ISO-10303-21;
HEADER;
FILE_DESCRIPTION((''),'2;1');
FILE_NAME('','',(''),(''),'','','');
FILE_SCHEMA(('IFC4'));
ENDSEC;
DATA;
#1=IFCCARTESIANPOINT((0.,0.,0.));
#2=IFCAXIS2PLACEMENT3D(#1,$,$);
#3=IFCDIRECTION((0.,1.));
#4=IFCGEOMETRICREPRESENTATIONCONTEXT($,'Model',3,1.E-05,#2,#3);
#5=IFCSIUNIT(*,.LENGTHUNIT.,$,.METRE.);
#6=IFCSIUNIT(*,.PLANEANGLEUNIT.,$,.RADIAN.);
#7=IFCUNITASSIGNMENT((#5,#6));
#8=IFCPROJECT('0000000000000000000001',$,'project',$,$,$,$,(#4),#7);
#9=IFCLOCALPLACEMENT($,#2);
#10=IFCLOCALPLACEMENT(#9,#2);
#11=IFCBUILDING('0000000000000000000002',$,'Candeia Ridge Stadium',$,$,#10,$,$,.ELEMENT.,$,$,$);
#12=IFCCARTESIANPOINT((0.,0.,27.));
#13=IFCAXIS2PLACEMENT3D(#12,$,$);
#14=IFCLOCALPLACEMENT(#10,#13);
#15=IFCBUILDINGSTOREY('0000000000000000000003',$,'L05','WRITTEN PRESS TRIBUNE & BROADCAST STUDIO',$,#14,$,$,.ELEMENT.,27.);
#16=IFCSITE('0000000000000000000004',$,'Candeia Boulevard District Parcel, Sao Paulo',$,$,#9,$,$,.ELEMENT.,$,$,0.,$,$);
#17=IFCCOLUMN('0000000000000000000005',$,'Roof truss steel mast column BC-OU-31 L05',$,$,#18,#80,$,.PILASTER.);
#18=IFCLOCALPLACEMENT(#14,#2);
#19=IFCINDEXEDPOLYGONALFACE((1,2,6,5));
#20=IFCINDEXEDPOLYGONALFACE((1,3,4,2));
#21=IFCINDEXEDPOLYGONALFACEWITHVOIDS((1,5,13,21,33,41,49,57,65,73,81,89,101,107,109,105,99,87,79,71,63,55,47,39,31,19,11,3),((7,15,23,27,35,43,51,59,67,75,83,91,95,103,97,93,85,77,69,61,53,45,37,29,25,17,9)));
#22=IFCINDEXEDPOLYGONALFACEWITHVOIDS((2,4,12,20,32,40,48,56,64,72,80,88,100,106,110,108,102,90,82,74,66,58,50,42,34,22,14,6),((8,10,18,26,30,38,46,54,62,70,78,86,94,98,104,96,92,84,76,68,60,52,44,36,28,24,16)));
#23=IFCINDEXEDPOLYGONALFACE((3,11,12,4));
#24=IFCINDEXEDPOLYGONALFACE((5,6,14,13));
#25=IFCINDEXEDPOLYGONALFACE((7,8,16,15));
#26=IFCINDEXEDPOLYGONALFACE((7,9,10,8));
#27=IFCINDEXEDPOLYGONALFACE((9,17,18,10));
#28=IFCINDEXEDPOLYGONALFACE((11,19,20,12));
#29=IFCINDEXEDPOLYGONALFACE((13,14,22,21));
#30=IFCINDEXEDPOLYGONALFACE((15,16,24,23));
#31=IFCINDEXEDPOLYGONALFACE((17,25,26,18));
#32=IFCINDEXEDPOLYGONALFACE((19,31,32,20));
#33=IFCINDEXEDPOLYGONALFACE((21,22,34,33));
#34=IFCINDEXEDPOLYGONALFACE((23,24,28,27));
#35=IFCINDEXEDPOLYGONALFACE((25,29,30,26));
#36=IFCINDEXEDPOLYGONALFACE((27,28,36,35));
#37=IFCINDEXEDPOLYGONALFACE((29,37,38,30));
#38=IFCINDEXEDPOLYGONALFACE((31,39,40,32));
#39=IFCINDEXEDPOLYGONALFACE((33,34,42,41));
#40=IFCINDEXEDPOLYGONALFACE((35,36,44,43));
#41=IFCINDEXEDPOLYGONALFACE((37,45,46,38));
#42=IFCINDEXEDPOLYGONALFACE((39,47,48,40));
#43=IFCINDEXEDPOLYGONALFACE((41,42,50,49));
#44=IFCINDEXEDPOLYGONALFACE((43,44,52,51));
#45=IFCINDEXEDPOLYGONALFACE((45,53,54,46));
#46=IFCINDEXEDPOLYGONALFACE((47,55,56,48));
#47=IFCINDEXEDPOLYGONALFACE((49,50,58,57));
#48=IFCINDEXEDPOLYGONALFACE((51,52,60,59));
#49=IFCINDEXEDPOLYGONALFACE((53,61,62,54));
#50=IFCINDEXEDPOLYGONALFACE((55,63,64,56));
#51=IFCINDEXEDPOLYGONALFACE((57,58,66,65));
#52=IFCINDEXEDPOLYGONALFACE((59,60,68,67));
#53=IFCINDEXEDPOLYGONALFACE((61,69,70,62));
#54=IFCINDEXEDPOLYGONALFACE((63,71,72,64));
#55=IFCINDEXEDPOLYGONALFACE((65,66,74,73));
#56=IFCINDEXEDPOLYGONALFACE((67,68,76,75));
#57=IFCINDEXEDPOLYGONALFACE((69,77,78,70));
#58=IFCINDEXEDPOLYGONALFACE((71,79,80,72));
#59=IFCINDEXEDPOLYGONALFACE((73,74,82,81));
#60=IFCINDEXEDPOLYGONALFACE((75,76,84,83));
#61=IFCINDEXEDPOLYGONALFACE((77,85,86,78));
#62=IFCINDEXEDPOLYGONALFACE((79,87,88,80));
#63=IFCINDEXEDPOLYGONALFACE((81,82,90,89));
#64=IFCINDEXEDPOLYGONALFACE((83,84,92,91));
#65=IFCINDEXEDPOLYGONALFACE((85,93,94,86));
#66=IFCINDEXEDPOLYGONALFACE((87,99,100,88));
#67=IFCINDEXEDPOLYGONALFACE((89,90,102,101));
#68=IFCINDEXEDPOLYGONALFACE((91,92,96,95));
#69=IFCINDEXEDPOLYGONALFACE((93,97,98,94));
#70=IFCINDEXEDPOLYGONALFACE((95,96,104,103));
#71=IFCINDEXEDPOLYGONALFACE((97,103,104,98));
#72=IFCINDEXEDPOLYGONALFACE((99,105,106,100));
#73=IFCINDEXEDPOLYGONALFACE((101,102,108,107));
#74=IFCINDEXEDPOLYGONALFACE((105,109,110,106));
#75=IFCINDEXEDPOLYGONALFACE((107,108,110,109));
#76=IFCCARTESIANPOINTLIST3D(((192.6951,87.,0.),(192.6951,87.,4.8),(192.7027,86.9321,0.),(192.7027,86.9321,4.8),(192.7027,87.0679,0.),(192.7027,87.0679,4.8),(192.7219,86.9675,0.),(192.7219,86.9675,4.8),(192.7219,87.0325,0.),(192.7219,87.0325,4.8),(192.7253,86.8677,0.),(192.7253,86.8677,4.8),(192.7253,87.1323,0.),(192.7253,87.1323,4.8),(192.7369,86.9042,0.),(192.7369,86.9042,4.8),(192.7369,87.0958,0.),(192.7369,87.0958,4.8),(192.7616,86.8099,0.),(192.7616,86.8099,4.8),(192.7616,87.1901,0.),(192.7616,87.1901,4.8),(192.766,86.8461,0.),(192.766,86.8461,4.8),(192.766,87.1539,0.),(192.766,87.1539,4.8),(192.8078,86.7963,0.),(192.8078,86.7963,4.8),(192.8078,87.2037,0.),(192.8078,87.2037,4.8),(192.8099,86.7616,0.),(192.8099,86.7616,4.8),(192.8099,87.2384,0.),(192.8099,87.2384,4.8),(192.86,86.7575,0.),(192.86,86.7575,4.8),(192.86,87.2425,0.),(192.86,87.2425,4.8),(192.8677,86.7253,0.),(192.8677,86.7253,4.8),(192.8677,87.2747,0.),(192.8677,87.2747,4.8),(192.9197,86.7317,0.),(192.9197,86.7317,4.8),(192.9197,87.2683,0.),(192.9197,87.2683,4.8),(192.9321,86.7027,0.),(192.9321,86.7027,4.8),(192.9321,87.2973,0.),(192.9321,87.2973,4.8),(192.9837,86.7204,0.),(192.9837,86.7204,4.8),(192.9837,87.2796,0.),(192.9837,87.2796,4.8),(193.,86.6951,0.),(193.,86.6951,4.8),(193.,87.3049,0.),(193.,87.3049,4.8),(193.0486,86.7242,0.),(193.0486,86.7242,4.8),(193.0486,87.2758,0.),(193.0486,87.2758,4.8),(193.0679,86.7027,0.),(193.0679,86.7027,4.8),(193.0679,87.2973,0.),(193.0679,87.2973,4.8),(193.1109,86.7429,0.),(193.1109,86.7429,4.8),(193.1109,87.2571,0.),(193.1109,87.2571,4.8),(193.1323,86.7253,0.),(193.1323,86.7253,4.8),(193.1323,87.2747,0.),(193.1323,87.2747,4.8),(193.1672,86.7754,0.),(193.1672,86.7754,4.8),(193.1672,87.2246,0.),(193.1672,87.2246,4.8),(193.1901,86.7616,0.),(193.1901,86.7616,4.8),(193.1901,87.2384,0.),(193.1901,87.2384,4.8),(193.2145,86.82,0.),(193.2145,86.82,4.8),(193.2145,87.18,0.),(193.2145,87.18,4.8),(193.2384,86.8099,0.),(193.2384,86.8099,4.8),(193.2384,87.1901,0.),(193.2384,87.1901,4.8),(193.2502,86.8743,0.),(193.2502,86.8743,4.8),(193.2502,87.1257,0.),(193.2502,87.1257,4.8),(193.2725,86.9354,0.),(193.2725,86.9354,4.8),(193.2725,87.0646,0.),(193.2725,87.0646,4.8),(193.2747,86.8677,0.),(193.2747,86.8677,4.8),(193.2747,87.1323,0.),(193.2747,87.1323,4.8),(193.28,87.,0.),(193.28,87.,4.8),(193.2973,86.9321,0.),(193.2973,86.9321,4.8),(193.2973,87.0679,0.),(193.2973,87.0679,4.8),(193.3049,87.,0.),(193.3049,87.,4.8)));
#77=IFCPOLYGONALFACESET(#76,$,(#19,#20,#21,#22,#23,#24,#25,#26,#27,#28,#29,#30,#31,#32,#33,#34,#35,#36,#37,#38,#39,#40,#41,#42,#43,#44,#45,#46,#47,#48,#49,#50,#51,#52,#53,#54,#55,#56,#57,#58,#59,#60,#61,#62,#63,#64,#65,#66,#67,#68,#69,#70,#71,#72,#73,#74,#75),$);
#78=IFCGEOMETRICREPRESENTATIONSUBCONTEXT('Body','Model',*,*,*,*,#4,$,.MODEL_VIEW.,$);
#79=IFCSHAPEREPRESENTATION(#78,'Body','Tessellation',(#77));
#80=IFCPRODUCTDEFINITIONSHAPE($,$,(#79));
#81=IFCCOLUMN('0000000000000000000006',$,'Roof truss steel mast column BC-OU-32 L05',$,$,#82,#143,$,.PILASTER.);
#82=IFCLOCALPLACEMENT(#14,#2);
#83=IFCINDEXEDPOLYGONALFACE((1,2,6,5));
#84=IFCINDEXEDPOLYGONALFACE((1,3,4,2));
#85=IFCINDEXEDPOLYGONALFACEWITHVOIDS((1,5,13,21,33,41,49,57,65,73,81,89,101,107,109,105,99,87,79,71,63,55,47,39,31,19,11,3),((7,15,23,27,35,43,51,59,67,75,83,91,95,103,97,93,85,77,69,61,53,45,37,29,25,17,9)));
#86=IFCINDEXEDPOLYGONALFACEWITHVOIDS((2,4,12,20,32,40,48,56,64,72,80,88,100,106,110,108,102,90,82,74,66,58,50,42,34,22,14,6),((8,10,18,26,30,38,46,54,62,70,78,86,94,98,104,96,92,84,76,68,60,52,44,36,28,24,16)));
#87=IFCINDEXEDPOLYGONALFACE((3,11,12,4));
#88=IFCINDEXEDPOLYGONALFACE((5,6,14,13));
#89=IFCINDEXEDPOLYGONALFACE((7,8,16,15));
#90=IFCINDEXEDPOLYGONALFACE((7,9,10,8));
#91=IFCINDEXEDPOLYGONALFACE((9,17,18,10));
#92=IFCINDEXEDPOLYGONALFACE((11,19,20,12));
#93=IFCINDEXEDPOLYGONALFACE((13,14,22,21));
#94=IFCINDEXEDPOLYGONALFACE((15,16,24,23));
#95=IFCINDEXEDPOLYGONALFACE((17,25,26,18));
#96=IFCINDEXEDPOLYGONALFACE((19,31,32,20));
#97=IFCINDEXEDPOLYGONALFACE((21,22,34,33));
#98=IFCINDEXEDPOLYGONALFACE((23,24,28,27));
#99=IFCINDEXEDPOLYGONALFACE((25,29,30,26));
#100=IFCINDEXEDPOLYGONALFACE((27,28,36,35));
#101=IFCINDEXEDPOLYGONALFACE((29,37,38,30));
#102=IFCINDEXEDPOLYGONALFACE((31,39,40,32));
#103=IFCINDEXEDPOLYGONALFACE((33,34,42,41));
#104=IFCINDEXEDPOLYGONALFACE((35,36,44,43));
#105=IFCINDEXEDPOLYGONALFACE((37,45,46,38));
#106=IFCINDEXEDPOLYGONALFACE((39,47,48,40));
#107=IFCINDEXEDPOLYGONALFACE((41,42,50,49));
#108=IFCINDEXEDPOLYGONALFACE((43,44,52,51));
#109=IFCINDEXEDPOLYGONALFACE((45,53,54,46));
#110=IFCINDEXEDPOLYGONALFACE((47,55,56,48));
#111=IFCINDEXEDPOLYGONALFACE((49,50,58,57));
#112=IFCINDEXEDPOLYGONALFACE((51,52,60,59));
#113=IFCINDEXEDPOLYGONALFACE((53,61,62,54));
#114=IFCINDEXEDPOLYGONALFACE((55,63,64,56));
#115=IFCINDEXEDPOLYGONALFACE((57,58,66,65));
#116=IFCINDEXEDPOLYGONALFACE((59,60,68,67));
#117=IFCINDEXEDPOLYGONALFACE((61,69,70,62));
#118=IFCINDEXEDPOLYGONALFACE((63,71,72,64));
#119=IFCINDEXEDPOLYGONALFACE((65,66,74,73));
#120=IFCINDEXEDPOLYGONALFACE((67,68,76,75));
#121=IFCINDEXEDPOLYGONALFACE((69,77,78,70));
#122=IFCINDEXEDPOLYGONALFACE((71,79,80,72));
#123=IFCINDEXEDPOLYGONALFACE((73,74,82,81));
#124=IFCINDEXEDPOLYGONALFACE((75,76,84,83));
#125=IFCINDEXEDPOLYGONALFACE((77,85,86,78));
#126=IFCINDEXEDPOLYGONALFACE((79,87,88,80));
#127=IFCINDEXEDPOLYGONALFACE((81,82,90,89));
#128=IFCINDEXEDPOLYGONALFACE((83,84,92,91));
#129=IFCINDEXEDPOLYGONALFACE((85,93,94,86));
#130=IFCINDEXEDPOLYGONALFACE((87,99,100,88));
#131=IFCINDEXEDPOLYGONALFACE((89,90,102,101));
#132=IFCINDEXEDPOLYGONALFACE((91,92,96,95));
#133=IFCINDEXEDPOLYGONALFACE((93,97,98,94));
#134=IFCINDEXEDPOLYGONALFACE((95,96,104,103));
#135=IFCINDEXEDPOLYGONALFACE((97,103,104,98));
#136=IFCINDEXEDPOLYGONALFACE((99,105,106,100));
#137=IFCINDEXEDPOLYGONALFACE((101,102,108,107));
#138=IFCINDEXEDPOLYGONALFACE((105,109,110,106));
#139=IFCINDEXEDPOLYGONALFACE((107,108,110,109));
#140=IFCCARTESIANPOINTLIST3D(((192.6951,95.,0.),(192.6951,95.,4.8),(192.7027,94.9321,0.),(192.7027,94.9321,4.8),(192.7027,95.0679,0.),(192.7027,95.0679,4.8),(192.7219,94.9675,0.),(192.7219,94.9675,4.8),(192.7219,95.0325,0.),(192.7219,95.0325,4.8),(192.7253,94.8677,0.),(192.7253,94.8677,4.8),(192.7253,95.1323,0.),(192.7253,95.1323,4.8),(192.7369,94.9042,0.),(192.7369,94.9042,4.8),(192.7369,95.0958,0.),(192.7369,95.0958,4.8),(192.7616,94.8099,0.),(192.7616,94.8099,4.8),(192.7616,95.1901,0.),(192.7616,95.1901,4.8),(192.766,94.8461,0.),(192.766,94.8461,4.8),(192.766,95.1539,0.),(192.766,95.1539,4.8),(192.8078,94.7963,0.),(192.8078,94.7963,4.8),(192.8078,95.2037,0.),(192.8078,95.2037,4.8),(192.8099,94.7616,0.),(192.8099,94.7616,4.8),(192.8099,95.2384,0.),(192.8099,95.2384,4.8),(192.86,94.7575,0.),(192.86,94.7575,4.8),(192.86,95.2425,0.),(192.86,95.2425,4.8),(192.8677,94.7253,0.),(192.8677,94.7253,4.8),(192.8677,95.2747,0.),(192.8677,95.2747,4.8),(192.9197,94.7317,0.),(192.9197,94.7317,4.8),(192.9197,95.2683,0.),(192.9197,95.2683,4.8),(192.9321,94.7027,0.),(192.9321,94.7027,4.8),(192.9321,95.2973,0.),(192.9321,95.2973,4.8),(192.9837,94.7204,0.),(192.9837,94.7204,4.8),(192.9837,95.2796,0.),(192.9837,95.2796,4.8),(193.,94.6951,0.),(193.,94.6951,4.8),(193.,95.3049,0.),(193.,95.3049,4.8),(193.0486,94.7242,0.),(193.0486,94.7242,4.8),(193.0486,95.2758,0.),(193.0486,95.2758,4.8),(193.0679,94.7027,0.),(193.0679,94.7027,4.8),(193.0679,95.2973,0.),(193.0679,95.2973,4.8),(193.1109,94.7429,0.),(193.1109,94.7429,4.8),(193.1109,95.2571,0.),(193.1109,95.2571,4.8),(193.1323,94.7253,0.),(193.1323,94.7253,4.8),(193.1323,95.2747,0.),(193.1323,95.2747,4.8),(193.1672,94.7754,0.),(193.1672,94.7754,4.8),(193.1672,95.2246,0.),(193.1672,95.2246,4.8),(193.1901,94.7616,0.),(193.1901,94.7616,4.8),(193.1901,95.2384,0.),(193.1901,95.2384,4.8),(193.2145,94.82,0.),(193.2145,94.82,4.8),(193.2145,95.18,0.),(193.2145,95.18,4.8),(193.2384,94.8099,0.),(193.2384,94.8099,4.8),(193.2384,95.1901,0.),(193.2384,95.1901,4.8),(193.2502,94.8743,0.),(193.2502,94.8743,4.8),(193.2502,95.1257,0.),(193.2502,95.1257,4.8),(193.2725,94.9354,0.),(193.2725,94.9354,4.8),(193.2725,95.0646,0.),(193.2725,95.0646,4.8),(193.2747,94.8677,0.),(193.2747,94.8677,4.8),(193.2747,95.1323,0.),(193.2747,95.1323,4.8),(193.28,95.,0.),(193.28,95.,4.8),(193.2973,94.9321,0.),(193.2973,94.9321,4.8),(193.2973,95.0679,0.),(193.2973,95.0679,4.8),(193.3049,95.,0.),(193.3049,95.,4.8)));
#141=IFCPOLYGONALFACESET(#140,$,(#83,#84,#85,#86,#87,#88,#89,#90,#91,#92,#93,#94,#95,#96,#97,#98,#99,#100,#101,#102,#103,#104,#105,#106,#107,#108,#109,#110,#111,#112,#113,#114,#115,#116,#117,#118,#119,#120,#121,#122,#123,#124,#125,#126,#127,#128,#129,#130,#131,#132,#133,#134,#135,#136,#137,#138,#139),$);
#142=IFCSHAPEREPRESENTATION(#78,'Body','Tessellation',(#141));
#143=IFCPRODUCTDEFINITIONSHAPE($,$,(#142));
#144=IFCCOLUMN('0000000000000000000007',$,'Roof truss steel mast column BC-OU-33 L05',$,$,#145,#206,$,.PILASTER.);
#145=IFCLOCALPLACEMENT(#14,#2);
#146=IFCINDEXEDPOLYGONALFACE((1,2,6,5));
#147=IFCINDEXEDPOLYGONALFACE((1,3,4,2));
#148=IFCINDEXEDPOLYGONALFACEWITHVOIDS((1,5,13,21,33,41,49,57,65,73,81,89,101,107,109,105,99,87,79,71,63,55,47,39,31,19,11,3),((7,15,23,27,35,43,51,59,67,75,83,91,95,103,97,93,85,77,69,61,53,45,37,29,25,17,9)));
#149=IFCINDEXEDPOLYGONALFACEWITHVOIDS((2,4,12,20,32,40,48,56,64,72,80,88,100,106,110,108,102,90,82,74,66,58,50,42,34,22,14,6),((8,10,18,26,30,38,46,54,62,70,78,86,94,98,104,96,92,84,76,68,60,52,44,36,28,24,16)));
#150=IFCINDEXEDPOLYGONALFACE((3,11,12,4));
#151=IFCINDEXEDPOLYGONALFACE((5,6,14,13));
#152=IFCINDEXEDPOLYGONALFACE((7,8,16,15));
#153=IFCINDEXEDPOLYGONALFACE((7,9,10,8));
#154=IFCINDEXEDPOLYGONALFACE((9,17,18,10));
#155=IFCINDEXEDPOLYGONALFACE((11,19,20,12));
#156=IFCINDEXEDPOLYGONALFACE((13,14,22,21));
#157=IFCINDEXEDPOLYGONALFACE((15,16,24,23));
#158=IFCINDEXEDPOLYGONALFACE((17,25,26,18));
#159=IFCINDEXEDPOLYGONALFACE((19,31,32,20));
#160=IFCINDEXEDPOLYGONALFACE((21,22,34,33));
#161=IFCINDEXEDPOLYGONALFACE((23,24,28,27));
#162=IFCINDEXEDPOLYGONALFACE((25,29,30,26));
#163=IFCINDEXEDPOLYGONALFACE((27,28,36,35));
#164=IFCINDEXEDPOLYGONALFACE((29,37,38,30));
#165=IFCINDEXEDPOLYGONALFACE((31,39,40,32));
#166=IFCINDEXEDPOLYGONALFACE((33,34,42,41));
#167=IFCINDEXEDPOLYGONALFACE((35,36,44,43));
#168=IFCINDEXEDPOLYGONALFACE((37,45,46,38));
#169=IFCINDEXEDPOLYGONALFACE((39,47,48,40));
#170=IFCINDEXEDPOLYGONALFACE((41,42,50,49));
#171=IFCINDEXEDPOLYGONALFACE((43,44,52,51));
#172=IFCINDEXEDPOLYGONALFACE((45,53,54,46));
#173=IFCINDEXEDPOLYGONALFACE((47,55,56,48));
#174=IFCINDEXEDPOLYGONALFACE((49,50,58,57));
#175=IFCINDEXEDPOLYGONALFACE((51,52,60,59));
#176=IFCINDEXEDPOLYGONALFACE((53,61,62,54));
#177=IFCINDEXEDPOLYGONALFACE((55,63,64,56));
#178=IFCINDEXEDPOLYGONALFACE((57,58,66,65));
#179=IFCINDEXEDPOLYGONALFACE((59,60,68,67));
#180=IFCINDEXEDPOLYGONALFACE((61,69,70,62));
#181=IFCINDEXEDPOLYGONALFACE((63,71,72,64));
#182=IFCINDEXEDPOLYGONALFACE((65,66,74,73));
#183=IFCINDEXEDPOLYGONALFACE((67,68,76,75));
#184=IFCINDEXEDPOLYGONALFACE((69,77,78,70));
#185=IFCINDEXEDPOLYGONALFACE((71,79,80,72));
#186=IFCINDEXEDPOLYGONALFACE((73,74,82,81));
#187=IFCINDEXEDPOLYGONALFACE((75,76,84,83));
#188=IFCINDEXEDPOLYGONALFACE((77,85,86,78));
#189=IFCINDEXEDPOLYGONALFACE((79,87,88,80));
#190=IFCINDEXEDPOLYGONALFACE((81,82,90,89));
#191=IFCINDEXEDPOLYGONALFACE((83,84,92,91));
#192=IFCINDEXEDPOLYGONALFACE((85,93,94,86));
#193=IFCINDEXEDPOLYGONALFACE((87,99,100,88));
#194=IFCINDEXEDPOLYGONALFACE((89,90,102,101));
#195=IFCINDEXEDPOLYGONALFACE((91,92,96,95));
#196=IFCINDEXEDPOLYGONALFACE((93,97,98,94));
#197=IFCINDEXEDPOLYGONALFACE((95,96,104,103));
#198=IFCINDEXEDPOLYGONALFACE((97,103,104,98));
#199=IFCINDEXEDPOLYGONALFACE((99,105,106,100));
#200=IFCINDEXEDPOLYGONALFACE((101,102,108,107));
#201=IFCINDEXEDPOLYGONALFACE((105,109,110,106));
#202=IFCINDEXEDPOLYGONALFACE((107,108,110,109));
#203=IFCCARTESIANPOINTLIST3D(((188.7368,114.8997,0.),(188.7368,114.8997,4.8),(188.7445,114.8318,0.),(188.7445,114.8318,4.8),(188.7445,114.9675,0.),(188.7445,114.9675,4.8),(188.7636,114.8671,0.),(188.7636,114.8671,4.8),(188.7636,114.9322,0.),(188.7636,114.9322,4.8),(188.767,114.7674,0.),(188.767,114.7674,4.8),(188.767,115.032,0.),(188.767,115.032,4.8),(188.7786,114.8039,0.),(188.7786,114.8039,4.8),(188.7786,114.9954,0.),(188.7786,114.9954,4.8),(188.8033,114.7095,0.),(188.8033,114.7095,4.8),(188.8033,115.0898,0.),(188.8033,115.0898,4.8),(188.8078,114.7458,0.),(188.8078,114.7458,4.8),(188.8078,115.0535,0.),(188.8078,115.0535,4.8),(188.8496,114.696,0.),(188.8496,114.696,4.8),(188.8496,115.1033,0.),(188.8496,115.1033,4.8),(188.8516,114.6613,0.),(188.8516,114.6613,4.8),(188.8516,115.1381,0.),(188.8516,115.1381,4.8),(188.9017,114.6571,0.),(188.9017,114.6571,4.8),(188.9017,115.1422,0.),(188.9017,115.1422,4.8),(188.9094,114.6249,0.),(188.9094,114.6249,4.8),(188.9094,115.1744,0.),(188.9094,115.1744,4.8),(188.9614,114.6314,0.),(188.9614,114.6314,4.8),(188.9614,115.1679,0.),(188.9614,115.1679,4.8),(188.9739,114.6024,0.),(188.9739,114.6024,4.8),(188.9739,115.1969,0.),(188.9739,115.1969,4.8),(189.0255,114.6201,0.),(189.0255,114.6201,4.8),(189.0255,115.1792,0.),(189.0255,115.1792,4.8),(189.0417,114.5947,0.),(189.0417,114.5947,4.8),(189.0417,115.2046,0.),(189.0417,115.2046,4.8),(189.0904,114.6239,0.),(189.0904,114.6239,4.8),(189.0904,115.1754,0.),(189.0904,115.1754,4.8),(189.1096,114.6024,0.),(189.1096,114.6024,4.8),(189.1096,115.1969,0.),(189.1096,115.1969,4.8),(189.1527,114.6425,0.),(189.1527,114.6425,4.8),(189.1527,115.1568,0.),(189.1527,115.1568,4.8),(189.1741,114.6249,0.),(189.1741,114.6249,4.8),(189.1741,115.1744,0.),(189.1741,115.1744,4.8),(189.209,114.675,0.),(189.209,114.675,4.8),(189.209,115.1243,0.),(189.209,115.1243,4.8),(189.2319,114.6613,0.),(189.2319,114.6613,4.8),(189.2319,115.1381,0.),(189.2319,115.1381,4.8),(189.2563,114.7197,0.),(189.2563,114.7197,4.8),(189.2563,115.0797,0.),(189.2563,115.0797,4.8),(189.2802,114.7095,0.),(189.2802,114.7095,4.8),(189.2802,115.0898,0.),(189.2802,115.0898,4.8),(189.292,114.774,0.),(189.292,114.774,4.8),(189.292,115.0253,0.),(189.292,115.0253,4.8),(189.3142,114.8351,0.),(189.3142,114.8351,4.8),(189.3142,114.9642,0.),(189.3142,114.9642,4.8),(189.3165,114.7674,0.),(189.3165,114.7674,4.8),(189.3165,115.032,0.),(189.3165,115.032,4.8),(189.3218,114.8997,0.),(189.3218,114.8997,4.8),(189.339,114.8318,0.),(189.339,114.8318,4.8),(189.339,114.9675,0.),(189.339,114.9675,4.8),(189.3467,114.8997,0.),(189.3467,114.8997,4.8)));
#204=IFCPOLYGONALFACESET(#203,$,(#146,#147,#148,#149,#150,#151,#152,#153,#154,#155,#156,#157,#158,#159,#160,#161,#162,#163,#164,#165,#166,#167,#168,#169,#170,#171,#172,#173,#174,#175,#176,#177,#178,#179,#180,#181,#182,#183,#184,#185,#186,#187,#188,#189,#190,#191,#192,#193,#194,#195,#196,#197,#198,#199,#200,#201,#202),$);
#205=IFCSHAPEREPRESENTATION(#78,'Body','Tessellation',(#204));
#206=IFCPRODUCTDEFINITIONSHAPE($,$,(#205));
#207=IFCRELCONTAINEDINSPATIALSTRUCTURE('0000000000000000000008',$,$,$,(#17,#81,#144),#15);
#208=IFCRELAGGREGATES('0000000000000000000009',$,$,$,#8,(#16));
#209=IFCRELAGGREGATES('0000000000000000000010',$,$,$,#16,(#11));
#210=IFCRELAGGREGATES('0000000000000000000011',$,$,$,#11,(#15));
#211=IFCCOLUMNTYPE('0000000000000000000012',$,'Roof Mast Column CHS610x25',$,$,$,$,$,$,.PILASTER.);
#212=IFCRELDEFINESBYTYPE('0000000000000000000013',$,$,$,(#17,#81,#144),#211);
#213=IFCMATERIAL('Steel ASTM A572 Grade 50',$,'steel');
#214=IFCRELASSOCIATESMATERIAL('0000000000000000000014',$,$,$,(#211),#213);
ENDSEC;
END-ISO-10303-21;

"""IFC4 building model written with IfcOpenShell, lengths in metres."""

from ifc_helpers import new_model, si_unit, direction, frame, origin, origin_2d, place, context, subcontext, project, spatial, hollow_circle, extrude, material, material_profile, profile_set, type_object, element, save


model = new_model("IFC4")

# Units and contexts
model_context = context("Model", 3, precision=1e-05, world=origin(), true_north=direction((0.0, 1.0)))
body_context = subcontext(model_context, "Body", "Model", "MODEL_VIEW")
ifc_project = project(units=[si_unit("LENGTHUNIT", "METRE"), si_unit("PLANEANGLEUNIT", "RADIAN")], contexts=[model_context])

# Site, building, storey
site_placement = place(None, origin())
site = spatial("IfcSite", under=ifc_project, at=site_placement, Name="Candeia Boulevard District Parcel, Sao Paulo", CompositionType="ELEMENT", RefElevation=0.0)
building_placement = place(site_placement, origin())
building = spatial("IfcBuilding", under=site, at=building_placement, Name="Candeia Ridge Stadium", CompositionType="ELEMENT")
storey_placement = place(building_placement, frame((0.0, 0.0, 27.0)))
storey = spatial("IfcBuildingStorey", under=building, at=storey_placement, Name="L05", Description="WRITTEN PRESS TRIBUNE & BROADCAST STUDIO", CompositionType="ELEMENT", Elevation=27.0)

# Columns
ifc_material_1 = material(Name="Steel ASTM A572 Grade 50", Category="steel")
ifc_material_profile_1 = material_profile(ifc_material_1, hollow_circle(Radius=0.3049, WallThickness=0.0249, at=origin_2d()), Name="CHS610x25", Category="steel")
ifc_profile_set_1 = profile_set([ifc_material_profile_1], Name="Steel ASTM A572 Grade 50")
column_type_1 = type_object("IfcColumnType", Name="Roof Mast Column CHS610x25", PredefinedType="PILASTER", material=ifc_profile_set_1)
for number, where, z_axis, x_axis, name in (
    (1, (193.0, 87.0, 0.0), (0.0, 0.0, 1.0), (1.0, 0.0, 0.0), "Roof truss steel mast column BC-OU-31 L05"),
    (2, (193.0, 95.0, 0.0), (0.0, 0.0, 1.0), (1.0, 0.0, 0.0), "Roof truss steel mast column BC-OU-32 L05"),
    (3, (189.0417, 114.8997, 0.0), (0.0, 0.0, 1.0), (1.0, 0.0, 0.0), "Roof truss steel mast column BC-OU-33 L05"),
):
    element("IfcColumn", number, at=place(storey_placement, frame(where, z_axis=z_axis, x_axis=x_axis)), inside=storey, type_object=column_type_1, Name=name, PredefinedType="PILASTER", context=body_context, shape_type="SweptSolid", body=[
        extrude(hollow_circle(Radius=0.3049, WallThickness=0.0249, at=origin_2d()), origin(), (0.0, 0.0, 1.0), 4.8),
    ])

save(model, "model.ifc")
